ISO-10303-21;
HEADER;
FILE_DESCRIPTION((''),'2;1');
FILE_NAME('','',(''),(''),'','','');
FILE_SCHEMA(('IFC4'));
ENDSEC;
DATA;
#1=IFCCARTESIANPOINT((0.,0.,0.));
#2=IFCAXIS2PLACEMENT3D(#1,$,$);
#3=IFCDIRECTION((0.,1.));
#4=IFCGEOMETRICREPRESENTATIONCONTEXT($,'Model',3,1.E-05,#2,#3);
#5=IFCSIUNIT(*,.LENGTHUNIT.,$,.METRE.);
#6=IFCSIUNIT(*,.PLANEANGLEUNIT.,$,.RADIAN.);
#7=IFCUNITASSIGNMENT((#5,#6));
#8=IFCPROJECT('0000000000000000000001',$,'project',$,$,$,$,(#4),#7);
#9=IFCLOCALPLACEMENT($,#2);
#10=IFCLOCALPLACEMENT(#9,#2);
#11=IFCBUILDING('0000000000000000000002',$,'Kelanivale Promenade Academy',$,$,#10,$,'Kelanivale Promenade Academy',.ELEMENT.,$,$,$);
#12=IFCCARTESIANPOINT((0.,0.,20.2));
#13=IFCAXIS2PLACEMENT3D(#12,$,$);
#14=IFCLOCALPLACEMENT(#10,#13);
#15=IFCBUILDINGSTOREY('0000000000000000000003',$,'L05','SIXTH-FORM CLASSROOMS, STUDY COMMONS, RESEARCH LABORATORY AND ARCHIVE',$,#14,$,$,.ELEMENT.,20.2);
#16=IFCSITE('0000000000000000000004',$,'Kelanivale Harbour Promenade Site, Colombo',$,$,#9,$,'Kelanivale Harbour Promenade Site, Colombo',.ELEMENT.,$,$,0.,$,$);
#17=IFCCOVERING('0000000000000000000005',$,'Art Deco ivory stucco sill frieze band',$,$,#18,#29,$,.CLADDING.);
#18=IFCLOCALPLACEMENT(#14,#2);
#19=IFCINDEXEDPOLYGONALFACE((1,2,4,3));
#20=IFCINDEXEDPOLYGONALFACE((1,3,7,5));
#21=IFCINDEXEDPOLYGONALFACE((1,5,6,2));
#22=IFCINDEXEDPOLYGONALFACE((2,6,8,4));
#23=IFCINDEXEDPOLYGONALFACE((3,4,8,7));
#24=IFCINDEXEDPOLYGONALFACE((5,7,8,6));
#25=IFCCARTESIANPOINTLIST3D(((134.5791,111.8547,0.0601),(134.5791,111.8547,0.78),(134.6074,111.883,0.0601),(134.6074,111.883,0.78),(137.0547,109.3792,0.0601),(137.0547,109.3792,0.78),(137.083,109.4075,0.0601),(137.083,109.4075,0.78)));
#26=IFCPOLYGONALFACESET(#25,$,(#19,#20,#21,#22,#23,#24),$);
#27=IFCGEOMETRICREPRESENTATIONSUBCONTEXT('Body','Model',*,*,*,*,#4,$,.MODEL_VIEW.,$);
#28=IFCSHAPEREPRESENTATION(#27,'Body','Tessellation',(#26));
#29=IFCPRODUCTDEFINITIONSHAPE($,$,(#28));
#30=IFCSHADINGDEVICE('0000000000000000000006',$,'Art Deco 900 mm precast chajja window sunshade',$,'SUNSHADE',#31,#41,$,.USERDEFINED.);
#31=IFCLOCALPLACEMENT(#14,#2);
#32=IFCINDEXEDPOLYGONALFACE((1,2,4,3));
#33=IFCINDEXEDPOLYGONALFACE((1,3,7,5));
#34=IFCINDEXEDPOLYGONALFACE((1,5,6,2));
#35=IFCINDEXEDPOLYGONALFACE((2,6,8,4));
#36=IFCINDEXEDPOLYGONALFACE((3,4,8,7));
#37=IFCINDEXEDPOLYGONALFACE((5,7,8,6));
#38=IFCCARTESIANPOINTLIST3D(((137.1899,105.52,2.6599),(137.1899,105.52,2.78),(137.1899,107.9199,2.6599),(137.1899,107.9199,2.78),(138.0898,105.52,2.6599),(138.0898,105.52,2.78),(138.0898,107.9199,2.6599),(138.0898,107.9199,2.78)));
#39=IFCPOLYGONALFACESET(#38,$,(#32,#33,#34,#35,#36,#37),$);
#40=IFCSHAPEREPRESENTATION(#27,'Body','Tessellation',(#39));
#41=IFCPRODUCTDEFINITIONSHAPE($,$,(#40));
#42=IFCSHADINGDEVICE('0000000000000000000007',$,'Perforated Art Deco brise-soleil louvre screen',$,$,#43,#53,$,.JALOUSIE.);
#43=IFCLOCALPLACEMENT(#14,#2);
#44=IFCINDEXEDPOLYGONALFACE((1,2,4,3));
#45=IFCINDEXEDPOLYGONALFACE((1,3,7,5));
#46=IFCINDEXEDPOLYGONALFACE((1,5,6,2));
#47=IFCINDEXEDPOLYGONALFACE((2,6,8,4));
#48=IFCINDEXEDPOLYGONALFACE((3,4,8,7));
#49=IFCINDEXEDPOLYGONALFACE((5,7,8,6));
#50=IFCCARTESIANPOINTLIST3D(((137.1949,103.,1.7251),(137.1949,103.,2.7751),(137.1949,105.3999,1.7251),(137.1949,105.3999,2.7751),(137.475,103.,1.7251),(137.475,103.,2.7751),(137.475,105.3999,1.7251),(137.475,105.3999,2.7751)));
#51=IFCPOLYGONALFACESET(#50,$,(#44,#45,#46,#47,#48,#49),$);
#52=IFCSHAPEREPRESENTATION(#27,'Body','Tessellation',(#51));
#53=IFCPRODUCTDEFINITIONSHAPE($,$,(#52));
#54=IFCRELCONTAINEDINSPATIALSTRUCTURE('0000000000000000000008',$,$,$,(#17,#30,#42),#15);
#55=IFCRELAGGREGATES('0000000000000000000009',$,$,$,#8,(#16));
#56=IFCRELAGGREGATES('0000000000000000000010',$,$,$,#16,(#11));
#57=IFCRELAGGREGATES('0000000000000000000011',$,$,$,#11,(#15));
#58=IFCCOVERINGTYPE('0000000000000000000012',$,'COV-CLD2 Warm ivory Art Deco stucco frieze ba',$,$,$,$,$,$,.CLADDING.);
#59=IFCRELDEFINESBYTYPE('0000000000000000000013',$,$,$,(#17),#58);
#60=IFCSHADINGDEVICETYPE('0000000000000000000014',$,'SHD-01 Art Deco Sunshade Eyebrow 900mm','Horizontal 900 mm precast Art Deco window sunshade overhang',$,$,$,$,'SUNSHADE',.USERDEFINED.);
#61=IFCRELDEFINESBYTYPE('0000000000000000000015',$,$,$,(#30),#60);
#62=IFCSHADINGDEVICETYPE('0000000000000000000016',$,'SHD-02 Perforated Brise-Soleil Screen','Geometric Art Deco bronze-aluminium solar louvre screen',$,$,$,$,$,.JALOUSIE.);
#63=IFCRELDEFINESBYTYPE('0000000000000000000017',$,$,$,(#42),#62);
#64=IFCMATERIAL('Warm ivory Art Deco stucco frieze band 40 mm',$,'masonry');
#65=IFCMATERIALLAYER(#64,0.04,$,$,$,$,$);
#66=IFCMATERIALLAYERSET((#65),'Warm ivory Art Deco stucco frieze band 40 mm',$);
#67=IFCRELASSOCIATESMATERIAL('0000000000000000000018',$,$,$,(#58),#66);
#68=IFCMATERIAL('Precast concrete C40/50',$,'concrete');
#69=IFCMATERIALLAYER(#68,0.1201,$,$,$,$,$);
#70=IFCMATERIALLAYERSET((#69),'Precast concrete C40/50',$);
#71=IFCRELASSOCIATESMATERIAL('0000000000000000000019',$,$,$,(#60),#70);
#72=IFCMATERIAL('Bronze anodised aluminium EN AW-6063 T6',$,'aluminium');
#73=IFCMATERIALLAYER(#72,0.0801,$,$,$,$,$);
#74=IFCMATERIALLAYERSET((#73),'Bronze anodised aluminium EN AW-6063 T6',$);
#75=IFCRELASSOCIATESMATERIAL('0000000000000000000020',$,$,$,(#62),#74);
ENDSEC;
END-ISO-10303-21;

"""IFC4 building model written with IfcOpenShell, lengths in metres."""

from ifc_helpers import new_model, si_unit, direction, frame, origin, origin_2d, place, context, subcontext, project, spatial, rectangle, extrude, material, layer, layer_set, type_object, element, save


model = new_model("IFC4")

# Units and contexts
model_context = context("Model", 3, precision=1e-05, world=origin(), true_north=direction((0.0, 1.0)))
body_context = subcontext(model_context, "Body", "Model", "MODEL_VIEW")
ifc_project = project(units=[si_unit("LENGTHUNIT", "METRE"), si_unit("PLANEANGLEUNIT", "RADIAN")], contexts=[model_context])

# Site, building, storey
site_placement = place(None, origin())
site = spatial("IfcSite", under=ifc_project, at=site_placement, Name="Kelanivale Harbour Promenade Site, Colombo", LongName="Kelanivale Harbour Promenade Site, Colombo", CompositionType="ELEMENT", RefElevation=0.0)
building_placement = place(site_placement, origin())
building = spatial("IfcBuilding", under=site, at=building_placement, Name="Kelanivale Promenade Academy", LongName="Kelanivale Promenade Academy", CompositionType="ELEMENT")
storey_placement = place(building_placement, frame((0.0, 0.0, 20.2)))
storey = spatial("IfcBuildingStorey", under=building, at=storey_placement, Name="L05", Description="SIXTH-FORM CLASSROOMS, STUDY COMMONS, RESEARCH LABORATORY AND ARCHIVE", CompositionType="ELEMENT", Elevation=20.2)

# Shared definitions
ifc_material_1 = material(Name="Precast concrete C40/50", Category="concrete")

# Covering
ifc_material_2 = material(Name="Warm ivory Art Deco stucco frieze band 40 mm", Category="masonry")
ifc_layer_1 = layer(ifc_material_2, 0.04)
ifc_layer_set_1 = layer_set([ifc_layer_1], Name="Warm ivory Art Deco stucco frieze band 40 mm")
covering_type = type_object("IfcCoveringType", Name="COV-CLD2 Warm ivory Art Deco stucco frieze ba", PredefinedType="CLADDING", material=ifc_layer_set_1)
covering_1_placement = place(storey_placement, frame((135.8311, 110.6311, 0.0601), z_axis=(0.0, 0.0, 1.0), x_axis=(-0.707107, 0.707107, 0.0)))
element("IfcCovering", 1, at=covering_1_placement, inside=storey, type_object=covering_type, Name="Art Deco ivory stucco sill frieze band", PredefinedType="CLADDING", context=body_context, shape_type="SweptSolid", body=[
    extrude(rectangle(XDim=3.501, YDim=0.04, at=origin_2d()), origin(), (0.0, 0.0, 1.0), 0.72),
])

# Shading devices
ifc_layer_2 = layer(ifc_material_1, 0.1201)
ifc_layer_set_2 = layer_set([ifc_layer_2], Name="Precast concrete C40/50")
shading_device_type_1 = type_object("IfcShadingDeviceType", Name="SHD-01 Art Deco Sunshade Eyebrow 900mm", Description="Horizontal 900 mm precast Art Deco window sunshade overhang", ElementType="SUNSHADE", PredefinedType="USERDEFINED", material=ifc_layer_set_2)
shading_device_1_placement = place(storey_placement, frame((137.6399, 106.72, 2.6599), z_axis=(0.0, 0.0, 1.0), x_axis=(0.0, 1.0, 0.0)))
element("IfcShadingDevice", 2, at=shading_device_1_placement, inside=storey, type_object=shading_device_type_1, Name="Art Deco 900 mm precast chajja window sunshade", ObjectType="SUNSHADE", PredefinedType="USERDEFINED", context=body_context, shape_type="SweptSolid", body=[
    extrude(rectangle(XDim=2.3999, YDim=0.8999, at=origin_2d()), origin(), (0.0, 0.0, 1.0), 0.1201),
])
ifc_material_3 = material(Name="Bronze anodised aluminium EN AW-6063 T6", Category="aluminium")
ifc_layer_3 = layer(ifc_material_3, 0.0801)
ifc_layer_set_3 = layer_set([ifc_layer_3], Name="Bronze anodised aluminium EN AW-6063 T6")
shading_device_type_2 = type_object("IfcShadingDeviceType", Name="SHD-02 Perforated Brise-Soleil Screen", Description="Geometric Art Deco bronze-aluminium solar louvre screen", PredefinedType="JALOUSIE", material=ifc_layer_set_3)
shading_device_2_placement = place(storey_placement, frame((137.335, 104.2, 1.7251), z_axis=(0.0, 0.0, 1.0), x_axis=(0.0, 1.0, 0.0)))
element("IfcShadingDevice", 3, at=shading_device_2_placement, inside=storey, type_object=shading_device_type_2, Name="Perforated Art Deco brise-soleil louvre screen", PredefinedType="JALOUSIE", context=body_context, shape_type="SweptSolid", body=[
    extrude(rectangle(XDim=2.3999, YDim=0.28, at=origin_2d()), origin(), (0.0, 0.0, 1.0), 1.05),
])

save(model, "model.ifc")
